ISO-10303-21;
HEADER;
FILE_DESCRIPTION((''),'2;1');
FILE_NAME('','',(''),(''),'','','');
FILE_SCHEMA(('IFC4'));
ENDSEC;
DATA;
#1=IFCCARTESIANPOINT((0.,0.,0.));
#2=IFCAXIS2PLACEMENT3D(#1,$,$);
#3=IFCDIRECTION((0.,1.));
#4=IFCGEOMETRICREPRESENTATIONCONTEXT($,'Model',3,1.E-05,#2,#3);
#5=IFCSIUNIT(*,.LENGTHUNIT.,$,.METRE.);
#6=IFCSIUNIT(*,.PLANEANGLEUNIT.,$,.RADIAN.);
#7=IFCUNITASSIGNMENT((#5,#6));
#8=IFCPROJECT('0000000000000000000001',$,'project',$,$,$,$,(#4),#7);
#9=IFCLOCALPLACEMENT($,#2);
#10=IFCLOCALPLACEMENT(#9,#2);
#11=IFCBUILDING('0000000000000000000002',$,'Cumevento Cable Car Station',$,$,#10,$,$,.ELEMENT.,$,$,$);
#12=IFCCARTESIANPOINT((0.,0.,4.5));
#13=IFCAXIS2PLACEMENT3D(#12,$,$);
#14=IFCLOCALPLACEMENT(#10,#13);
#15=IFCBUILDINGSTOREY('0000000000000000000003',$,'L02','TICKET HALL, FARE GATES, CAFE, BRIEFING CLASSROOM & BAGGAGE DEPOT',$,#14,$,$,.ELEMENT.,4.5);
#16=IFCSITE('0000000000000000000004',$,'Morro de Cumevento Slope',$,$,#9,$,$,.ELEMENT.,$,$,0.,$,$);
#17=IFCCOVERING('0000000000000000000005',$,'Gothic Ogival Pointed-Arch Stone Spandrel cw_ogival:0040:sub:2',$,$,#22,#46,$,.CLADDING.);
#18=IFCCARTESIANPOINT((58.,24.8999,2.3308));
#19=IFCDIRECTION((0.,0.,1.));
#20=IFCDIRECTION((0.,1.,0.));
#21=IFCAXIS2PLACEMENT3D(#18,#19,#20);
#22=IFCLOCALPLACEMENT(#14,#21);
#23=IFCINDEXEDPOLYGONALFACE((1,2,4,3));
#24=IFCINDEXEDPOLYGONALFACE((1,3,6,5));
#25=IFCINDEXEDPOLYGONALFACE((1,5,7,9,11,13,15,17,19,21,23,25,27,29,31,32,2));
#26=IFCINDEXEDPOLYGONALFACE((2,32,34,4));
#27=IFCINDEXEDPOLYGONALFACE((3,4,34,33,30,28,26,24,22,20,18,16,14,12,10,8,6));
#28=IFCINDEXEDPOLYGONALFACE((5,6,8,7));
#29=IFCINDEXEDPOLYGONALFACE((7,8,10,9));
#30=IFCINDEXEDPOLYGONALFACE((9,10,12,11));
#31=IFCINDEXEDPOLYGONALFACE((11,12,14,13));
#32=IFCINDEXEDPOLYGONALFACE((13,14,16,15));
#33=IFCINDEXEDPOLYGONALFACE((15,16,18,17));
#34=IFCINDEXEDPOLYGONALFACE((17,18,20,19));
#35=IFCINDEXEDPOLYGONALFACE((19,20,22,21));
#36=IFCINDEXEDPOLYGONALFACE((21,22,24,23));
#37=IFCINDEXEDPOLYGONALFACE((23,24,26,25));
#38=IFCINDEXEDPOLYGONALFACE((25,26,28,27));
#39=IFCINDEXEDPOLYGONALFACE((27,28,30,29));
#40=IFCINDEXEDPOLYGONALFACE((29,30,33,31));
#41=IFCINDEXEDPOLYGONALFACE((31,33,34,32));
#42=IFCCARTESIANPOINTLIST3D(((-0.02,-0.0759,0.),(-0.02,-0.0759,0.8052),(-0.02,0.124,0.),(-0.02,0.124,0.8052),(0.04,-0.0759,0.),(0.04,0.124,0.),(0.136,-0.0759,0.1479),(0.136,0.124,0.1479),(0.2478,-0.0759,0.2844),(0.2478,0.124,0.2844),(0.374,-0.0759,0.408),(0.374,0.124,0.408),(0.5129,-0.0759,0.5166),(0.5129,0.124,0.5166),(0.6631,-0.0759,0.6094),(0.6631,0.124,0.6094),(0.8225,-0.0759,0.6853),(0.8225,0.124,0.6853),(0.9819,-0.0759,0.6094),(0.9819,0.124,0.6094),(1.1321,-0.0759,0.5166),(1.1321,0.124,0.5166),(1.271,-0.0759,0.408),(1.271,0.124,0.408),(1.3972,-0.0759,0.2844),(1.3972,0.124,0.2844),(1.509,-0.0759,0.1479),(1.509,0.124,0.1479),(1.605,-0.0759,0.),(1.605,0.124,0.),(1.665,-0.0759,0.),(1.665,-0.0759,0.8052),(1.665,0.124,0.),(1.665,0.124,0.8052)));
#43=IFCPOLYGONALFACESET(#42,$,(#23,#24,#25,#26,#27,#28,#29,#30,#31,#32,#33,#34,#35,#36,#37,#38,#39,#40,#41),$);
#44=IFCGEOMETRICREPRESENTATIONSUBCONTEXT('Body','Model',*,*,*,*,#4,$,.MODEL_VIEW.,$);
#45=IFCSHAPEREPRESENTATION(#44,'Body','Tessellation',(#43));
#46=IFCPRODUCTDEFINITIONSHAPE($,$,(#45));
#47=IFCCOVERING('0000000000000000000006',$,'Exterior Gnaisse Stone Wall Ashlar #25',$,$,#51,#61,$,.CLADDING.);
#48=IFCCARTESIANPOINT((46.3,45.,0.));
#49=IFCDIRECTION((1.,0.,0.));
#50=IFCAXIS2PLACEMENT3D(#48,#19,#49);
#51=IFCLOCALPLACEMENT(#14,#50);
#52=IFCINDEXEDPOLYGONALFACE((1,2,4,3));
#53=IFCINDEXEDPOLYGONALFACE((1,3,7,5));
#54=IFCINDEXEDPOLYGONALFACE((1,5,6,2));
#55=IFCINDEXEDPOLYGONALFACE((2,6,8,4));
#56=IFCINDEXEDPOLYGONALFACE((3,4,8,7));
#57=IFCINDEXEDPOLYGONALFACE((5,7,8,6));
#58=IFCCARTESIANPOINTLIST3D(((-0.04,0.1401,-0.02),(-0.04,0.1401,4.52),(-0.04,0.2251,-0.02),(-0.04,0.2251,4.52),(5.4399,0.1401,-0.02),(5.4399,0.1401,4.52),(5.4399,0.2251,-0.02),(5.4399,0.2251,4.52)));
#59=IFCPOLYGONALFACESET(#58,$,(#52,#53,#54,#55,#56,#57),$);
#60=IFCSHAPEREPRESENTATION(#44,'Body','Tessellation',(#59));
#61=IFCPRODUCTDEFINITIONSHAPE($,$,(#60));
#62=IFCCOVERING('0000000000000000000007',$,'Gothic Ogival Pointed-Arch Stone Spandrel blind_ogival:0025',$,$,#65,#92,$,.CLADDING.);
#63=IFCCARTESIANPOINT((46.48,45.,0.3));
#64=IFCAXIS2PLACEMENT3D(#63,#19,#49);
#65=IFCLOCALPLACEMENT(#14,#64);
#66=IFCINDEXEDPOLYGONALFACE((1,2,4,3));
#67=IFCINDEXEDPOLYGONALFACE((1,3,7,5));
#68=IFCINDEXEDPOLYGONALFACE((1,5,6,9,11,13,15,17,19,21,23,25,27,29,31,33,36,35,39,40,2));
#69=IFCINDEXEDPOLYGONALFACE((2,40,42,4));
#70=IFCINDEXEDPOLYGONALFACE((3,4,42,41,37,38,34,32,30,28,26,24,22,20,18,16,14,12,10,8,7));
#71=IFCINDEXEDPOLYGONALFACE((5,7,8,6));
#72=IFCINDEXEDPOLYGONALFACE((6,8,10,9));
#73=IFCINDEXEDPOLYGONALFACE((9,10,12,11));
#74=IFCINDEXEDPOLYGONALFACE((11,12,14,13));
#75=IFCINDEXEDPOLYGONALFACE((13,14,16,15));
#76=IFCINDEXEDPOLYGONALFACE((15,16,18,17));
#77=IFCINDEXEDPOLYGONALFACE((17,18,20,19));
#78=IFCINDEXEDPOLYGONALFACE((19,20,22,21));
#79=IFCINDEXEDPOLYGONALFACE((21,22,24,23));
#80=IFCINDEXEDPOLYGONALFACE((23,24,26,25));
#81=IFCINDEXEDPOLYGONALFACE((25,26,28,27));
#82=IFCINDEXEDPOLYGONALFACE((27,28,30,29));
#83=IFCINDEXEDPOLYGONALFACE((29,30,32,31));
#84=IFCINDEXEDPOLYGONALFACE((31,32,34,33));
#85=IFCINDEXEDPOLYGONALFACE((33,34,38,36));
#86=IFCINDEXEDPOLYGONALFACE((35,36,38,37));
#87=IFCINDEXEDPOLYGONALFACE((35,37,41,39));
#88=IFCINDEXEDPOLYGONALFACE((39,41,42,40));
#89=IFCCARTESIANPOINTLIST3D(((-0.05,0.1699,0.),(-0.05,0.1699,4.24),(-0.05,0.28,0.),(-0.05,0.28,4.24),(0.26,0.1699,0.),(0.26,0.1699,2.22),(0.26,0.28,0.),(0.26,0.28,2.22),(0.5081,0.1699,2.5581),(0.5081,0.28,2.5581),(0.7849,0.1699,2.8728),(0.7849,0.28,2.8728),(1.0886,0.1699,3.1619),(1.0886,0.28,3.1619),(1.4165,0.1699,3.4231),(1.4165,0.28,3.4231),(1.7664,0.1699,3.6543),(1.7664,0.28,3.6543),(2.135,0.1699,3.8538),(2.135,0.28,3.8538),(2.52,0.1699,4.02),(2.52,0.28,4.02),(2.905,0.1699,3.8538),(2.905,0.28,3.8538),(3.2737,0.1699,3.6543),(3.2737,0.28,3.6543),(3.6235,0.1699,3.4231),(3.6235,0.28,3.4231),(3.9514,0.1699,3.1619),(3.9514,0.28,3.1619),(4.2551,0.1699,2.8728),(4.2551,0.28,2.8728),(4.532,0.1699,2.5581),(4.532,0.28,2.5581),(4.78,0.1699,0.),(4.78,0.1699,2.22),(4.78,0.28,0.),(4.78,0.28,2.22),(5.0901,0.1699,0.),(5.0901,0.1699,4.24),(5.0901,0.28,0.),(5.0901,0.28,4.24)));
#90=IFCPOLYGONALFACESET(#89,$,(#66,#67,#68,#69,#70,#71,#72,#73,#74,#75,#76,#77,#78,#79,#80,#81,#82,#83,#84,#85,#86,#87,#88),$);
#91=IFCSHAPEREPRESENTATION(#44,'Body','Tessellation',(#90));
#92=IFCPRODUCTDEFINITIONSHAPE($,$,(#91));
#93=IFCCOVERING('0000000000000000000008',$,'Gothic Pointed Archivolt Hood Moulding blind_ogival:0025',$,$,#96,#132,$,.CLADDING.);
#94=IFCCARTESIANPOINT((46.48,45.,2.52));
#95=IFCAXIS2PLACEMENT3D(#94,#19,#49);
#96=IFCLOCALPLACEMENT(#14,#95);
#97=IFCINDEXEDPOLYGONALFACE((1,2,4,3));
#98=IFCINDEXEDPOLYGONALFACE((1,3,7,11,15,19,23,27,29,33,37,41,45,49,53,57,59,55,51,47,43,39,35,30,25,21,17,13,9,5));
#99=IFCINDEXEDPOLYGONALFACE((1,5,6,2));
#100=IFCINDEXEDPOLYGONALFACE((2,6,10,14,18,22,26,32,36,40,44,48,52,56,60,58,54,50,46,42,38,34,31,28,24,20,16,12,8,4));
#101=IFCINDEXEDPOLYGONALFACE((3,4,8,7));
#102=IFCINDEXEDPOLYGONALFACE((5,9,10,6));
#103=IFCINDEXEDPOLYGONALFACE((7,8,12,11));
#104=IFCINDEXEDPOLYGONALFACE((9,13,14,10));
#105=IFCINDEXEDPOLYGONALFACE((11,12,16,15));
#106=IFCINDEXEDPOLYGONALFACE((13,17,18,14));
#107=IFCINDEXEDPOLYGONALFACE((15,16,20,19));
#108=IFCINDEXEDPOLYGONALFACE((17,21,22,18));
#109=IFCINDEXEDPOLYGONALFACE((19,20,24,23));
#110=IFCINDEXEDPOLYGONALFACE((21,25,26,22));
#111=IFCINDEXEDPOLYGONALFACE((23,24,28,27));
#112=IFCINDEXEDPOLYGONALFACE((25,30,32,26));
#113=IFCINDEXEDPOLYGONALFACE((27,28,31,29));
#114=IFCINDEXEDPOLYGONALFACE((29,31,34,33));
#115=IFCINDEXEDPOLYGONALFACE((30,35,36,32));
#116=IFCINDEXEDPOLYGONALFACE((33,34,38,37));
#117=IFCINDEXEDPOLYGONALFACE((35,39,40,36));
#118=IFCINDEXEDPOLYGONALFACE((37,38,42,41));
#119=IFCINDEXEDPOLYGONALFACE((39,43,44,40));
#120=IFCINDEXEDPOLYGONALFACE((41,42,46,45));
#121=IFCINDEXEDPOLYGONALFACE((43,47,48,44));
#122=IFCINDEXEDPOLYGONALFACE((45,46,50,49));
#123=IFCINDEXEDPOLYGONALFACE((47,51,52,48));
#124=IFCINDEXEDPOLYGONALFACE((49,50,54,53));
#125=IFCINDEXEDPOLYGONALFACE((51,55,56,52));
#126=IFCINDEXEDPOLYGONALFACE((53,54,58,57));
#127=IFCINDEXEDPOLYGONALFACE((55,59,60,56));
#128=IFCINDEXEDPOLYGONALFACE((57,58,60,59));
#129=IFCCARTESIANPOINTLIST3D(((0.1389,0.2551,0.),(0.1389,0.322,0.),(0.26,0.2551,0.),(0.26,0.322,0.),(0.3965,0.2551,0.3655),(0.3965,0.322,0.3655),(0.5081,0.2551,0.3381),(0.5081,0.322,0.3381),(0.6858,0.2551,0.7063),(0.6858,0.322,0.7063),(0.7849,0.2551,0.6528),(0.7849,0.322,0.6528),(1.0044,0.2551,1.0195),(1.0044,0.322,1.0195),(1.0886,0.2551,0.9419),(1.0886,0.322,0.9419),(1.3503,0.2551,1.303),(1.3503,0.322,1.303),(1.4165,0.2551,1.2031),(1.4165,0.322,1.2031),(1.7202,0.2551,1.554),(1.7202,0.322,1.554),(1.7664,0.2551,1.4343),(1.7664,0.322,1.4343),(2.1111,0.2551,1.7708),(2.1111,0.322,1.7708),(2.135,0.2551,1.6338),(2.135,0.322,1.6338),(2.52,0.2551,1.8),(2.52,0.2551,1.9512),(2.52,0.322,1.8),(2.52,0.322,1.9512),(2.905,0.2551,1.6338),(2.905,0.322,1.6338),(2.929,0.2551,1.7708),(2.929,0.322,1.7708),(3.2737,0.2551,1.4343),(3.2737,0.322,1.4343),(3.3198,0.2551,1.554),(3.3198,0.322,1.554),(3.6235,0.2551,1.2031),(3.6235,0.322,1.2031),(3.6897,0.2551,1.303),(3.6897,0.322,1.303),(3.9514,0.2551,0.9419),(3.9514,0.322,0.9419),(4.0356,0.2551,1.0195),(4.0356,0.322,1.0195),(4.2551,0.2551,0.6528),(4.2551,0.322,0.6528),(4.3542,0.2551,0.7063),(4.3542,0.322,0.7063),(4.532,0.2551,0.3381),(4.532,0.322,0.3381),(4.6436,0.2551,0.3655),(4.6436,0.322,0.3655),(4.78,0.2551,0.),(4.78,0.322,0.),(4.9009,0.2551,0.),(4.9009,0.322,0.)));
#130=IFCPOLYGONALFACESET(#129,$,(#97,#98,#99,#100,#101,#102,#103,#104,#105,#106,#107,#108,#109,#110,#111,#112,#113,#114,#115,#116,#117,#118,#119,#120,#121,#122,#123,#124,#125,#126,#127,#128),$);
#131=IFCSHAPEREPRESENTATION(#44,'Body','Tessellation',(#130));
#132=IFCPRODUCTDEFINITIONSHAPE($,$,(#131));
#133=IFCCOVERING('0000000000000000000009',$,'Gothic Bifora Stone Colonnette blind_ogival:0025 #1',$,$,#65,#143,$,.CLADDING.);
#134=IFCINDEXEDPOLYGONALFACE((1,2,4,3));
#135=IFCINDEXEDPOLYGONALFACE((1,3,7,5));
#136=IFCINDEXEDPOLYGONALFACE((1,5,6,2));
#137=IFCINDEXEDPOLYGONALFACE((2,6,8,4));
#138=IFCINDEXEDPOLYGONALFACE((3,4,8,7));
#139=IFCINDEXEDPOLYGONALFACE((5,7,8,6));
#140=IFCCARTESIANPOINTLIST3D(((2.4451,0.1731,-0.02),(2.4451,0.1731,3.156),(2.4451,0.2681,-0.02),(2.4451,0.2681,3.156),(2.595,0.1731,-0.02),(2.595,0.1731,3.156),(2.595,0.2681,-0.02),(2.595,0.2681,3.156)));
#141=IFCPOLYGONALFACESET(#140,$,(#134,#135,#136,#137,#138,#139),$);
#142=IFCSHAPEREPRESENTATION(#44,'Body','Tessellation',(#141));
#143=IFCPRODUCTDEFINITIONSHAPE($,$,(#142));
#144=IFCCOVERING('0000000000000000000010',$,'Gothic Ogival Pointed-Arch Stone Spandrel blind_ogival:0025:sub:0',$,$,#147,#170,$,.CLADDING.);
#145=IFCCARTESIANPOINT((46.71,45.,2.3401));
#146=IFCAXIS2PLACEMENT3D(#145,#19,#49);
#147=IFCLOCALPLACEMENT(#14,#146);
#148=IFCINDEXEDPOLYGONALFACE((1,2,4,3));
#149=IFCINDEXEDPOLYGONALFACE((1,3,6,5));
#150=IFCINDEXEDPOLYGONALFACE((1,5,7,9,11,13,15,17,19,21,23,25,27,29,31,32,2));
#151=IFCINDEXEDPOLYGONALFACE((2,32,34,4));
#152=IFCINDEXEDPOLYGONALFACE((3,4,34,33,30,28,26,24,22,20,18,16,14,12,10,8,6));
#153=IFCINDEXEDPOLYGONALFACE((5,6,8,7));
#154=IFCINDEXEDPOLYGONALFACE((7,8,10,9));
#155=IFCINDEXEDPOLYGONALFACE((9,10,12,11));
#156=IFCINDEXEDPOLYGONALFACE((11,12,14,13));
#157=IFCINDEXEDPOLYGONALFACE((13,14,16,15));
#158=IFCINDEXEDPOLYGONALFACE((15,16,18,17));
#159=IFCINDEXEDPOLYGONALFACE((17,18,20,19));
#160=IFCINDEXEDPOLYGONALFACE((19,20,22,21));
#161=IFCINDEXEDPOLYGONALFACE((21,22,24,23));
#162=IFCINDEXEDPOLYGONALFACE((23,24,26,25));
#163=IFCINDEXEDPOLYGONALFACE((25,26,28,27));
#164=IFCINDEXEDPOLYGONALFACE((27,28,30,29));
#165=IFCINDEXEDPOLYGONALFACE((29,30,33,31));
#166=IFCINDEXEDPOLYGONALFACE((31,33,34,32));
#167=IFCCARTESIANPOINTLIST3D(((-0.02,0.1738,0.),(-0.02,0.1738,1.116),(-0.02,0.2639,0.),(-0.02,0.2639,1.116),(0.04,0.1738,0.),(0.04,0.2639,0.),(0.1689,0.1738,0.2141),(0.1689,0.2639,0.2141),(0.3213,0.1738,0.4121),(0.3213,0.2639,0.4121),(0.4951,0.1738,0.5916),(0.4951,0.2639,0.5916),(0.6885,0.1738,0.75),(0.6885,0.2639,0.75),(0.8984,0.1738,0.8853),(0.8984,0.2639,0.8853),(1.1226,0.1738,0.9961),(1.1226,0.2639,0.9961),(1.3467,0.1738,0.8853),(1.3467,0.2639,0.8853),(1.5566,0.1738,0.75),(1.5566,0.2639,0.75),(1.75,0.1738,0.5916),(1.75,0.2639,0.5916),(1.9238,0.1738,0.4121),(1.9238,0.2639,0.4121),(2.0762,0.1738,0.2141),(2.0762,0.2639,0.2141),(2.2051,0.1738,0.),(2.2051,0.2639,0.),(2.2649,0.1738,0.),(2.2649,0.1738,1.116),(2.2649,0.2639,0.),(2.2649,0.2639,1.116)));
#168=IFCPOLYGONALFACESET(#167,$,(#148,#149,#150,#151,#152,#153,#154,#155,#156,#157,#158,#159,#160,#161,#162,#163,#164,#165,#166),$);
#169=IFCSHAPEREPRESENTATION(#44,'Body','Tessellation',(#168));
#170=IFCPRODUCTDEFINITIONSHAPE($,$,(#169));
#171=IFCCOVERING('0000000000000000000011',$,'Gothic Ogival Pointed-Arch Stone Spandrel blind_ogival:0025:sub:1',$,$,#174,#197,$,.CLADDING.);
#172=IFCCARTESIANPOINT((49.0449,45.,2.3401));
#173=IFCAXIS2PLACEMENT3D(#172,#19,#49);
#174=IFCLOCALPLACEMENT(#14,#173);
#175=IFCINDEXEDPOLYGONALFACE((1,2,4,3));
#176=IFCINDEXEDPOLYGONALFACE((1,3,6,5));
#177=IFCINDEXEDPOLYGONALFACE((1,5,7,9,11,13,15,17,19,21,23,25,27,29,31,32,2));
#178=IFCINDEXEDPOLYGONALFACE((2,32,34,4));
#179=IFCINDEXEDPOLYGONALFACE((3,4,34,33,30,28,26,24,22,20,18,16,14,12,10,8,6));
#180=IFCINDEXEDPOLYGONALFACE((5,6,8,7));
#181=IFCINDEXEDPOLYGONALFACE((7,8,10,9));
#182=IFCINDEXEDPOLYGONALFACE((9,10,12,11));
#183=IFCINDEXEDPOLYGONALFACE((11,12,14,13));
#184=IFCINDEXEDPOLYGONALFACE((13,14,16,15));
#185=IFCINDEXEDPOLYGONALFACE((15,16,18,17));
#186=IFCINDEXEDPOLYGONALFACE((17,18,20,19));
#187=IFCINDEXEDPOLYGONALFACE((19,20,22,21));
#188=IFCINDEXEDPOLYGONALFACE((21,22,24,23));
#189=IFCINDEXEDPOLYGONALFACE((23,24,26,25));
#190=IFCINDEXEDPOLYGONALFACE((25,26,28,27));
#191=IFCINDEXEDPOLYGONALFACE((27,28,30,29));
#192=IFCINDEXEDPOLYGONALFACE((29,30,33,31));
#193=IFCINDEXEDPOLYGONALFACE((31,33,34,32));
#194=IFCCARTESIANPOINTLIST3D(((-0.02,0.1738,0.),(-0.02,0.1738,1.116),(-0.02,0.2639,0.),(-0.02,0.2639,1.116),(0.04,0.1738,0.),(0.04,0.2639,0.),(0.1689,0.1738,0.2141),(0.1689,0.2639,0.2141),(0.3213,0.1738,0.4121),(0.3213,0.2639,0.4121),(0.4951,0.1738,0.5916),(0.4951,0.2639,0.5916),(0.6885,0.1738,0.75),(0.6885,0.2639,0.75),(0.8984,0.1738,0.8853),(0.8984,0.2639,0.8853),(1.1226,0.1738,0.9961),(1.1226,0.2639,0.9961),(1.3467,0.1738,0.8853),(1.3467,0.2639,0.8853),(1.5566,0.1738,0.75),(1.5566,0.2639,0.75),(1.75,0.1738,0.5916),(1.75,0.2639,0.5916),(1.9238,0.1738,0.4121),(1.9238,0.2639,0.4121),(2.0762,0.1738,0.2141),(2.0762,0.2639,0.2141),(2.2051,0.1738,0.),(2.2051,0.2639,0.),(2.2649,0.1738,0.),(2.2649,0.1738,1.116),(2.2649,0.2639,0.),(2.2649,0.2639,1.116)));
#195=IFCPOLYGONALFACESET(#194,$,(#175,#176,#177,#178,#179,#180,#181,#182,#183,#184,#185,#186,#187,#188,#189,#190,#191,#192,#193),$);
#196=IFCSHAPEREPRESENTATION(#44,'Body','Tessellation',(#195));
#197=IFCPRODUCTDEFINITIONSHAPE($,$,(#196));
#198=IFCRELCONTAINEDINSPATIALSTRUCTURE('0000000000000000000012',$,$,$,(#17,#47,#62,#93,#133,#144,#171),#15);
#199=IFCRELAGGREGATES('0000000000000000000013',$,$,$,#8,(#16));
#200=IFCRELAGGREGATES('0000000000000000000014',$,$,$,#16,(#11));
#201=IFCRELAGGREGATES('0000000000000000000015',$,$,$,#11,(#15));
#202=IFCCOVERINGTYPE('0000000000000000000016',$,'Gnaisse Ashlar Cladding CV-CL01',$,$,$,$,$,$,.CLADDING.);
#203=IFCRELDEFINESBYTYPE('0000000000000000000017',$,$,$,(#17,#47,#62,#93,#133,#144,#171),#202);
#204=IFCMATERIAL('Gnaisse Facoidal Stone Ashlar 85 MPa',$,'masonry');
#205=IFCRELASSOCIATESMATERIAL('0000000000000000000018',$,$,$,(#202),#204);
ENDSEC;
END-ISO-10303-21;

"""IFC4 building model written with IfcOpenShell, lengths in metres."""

from ifc_helpers import new_model, si_unit, direction, frame, origin, place, context, subcontext, project, spatial, polyline, outline, extrude, material, type_object, element, save


model = new_model("IFC4")

# Units and contexts
model_context = context("Model", 3, precision=1e-05, world=origin(), true_north=direction((0.0, 1.0)))
body_context = subcontext(model_context, "Body", "Model", "MODEL_VIEW")
ifc_project = project(units=[si_unit("LENGTHUNIT", "METRE"), si_unit("PLANEANGLEUNIT", "RADIAN")], contexts=[model_context])

# Site, building, storey
site_placement = place(None, origin())
site = spatial("IfcSite", under=ifc_project, at=site_placement, Name="Morro de Cumevento Slope", CompositionType="ELEMENT", RefElevation=0.0)
building_placement = place(site_placement, origin())
building = spatial("IfcBuilding", under=site, at=building_placement, Name="Cumevento Cable Car Station", CompositionType="ELEMENT")
storey_placement = place(building_placement, frame((0.0, 0.0, 4.5)))
storey = spatial("IfcBuildingStorey", under=building, at=storey_placement, Name="L02", Description="TICKET HALL, FARE GATES, CAFE, BRIEFING CLASSROOM & BAGGAGE DEPOT", CompositionType="ELEMENT", Elevation=4.5)

# Coverings
ifc_material_1 = material(Name="Gnaisse Facoidal Stone Ashlar 85 MPa", Category="masonry")
covering_type = type_object("IfcCoveringType", Name="Gnaisse Ashlar Cladding CV-CL01", PredefinedType="CLADDING", material=ifc_material_1)
covering_1_placement = place(storey_placement, frame((58.0, 24.8999, 2.3308), z_axis=(0.0, 0.0, 1.0), x_axis=(0.0, 1.0, 0.0)))
element("IfcCovering", 1, at=covering_1_placement, inside=storey, type_object=covering_type, Name="Gothic Ogival Pointed-Arch Stone Spandrel cw_ogival:0040:sub:2", PredefinedType="CLADDING", context=body_context, shape_type="SweptSolid", body=[
    extrude(outline(polyline([(-0.02, 0.0), (-0.02, 0.8052), (1.665, 0.8052), (1.665, 0.0), (1.605, 0.0), (1.509, 0.1479), (1.3972, 0.2844), (1.271, 0.408), (1.1321, 0.5166), (0.9819, 0.6094), (0.8225, 0.6853), (0.6631, 0.6094), (0.5129, 0.5166), (0.374, 0.408), (0.2478, 0.2844), (0.136, 0.1479), (0.04, 0.0), (-0.02, 0.0)])), frame((0.0, 0.124, 0.0), z_axis=(0.0, -1.0, 0.0), x_axis=(1.0, 0.0, 0.0)), (0.0, 0.0, 1.0), 0.2),
])
covering_2_placement = place(storey_placement, frame((46.3, 45.0, 0.0), z_axis=(0.0, 0.0, 1.0), x_axis=(1.0, 0.0, 0.0)))
element("IfcCovering", 2, at=covering_2_placement, inside=storey, type_object=covering_type, Name="Exterior Gnaisse Stone Wall Ashlar #25", PredefinedType="CLADDING", context=body_context, shape_type="SweptSolid", body=[
    extrude(outline(polyline([(-0.04, -0.02), (5.4399, -0.02), (5.4399, 4.52), (-0.04, 4.52), (-0.04, -0.02)])), frame((0.0, 0.2251, 0.0), z_axis=(0.0, -1.0, 0.0), x_axis=(1.0, 0.0, 0.0)), (0.0, 0.0, 1.0), 0.085),
])
placement = place(storey_placement, frame((46.48, 45.0, 0.3), z_axis=(0.0, 0.0, 1.0), x_axis=(1.0, 0.0, 0.0)))
element("IfcCovering", 3, at=placement, inside=storey, type_object=covering_type, Name="Gothic Ogival Pointed-Arch Stone Spandrel blind_ogival:0025", PredefinedType="CLADDING", context=body_context, shape_type="SweptSolid", body=[
    extrude(outline(polyline([(-0.05, 0.0), (-0.05, 4.24), (5.0901, 4.24), (5.0901, 0.0), (4.78, 0.0), (4.78, 2.22), (4.532, 2.5581), (4.2551, 2.8728), (3.9514, 3.1619), (3.6235, 3.4231), (3.2737, 3.6543), (2.905, 3.8538), (2.52, 4.02), (2.135, 3.8538), (1.7664, 3.6543), (1.4165, 3.4231), (1.0886, 3.1619), (0.7849, 2.8728), (0.5081, 2.5581), (0.26, 2.22), (0.26, 0.0), (-0.05, 0.0)])), frame((0.0, 0.28, 0.0), z_axis=(0.0, -1.0, 0.0), x_axis=(1.0, 0.0, 0.0)), (0.0, 0.0, 1.0), 0.1101),
])
covering_3_placement = place(storey_placement, frame((46.48, 45.0, 2.52), z_axis=(0.0, 0.0, 1.0), x_axis=(1.0, 0.0, 0.0)))
element("IfcCovering", 4, at=covering_3_placement, inside=storey, type_object=covering_type, Name="Gothic Pointed Archivolt Hood Moulding blind_ogival:0025", PredefinedType="CLADDING", context=body_context, shape_type="SweptSolid", body=[
    extrude(outline(polyline([(0.26, 0.0), (0.5081, 0.3381), (0.7849, 0.6528), (1.0886, 0.9419), (1.4165, 1.2031), (1.7664, 1.4343), (2.135, 1.6338), (2.52, 1.8), (2.905, 1.6338), (3.2737, 1.4343), (3.6235, 1.2031), (3.9514, 0.9419), (4.2551, 0.6528), (4.532, 0.3381), (4.78, 0.0), (4.9009, 0.0), (4.6436, 0.3655), (4.3542, 0.7063), (4.0356, 1.0195), (3.6897, 1.303), (3.3198, 1.554), (2.929, 1.7708), (2.52, 1.9512), (2.1111, 1.7708), (1.7202, 1.554), (1.3503, 1.303), (1.0044, 1.0195), (0.6858, 0.7063), (0.3965, 0.3655), (0.1389, 0.0), (0.26, 0.0)])), frame((0.0, 0.322, 0.0), z_axis=(0.0, -1.0, 0.0), x_axis=(1.0, 0.0, 0.0)), (0.0, 0.0, 1.0), 0.0669),
])
element("IfcCovering", 5, at=placement, inside=storey, type_object=covering_type, Name="Gothic Bifora Stone Colonnette blind_ogival:0025 #1", PredefinedType="CLADDING", context=body_context, shape_type="SweptSolid", body=[
    extrude(outline(polyline([(2.4451, -0.02), (2.595, -0.02), (2.595, 3.156), (2.4451, 3.156), (2.4451, -0.02)])), frame((0.0, 0.2681, 0.0), z_axis=(0.0, -1.0, 0.0), x_axis=(1.0, 0.0, 0.0)), (0.0, 0.0, 1.0), 0.095),
])
for number, where, z_axis, x_axis, name in (
    (6, (46.71, 45.0, 2.3401), (0.0, 0.0, 1.0), (1.0, 0.0, 0.0), "Gothic Ogival Pointed-Arch Stone Spandrel blind_ogival:0025:sub:0"),
    (7, (49.0449, 45.0, 2.3401), (0.0, 0.0, 1.0), (1.0, 0.0, 0.0), "Gothic Ogival Pointed-Arch Stone Spandrel blind_ogival:0025:sub:1"),
):
    element("IfcCovering", number, at=place(storey_placement, frame(where, z_axis=z_axis, x_axis=x_axis)), inside=storey, type_object=covering_type, Name=name, PredefinedType="CLADDING", context=body_context, shape_type="SweptSolid", body=[
        extrude(outline(polyline([(-0.02, 0.0), (-0.02, 1.116), (2.2649, 1.116), (2.2649, 0.0), (2.2051, 0.0), (2.0762, 0.2141), (1.9238, 0.4121), (1.75, 0.5916), (1.5566, 0.75), (1.3467, 0.8853), (1.1226, 0.9961), (0.8984, 0.8853), (0.6885, 0.75), (0.4951, 0.5916), (0.3213, 0.4121), (0.1689, 0.2141), (0.04, 0.0), (-0.02, 0.0)])), frame((0.0, 0.2639, 0.0), z_axis=(0.0, -1.0, 0.0), x_axis=(1.0, 0.0, 0.0)), (0.0, 0.0, 1.0), 0.0901),
    ])

save(model, "model.ifc")
